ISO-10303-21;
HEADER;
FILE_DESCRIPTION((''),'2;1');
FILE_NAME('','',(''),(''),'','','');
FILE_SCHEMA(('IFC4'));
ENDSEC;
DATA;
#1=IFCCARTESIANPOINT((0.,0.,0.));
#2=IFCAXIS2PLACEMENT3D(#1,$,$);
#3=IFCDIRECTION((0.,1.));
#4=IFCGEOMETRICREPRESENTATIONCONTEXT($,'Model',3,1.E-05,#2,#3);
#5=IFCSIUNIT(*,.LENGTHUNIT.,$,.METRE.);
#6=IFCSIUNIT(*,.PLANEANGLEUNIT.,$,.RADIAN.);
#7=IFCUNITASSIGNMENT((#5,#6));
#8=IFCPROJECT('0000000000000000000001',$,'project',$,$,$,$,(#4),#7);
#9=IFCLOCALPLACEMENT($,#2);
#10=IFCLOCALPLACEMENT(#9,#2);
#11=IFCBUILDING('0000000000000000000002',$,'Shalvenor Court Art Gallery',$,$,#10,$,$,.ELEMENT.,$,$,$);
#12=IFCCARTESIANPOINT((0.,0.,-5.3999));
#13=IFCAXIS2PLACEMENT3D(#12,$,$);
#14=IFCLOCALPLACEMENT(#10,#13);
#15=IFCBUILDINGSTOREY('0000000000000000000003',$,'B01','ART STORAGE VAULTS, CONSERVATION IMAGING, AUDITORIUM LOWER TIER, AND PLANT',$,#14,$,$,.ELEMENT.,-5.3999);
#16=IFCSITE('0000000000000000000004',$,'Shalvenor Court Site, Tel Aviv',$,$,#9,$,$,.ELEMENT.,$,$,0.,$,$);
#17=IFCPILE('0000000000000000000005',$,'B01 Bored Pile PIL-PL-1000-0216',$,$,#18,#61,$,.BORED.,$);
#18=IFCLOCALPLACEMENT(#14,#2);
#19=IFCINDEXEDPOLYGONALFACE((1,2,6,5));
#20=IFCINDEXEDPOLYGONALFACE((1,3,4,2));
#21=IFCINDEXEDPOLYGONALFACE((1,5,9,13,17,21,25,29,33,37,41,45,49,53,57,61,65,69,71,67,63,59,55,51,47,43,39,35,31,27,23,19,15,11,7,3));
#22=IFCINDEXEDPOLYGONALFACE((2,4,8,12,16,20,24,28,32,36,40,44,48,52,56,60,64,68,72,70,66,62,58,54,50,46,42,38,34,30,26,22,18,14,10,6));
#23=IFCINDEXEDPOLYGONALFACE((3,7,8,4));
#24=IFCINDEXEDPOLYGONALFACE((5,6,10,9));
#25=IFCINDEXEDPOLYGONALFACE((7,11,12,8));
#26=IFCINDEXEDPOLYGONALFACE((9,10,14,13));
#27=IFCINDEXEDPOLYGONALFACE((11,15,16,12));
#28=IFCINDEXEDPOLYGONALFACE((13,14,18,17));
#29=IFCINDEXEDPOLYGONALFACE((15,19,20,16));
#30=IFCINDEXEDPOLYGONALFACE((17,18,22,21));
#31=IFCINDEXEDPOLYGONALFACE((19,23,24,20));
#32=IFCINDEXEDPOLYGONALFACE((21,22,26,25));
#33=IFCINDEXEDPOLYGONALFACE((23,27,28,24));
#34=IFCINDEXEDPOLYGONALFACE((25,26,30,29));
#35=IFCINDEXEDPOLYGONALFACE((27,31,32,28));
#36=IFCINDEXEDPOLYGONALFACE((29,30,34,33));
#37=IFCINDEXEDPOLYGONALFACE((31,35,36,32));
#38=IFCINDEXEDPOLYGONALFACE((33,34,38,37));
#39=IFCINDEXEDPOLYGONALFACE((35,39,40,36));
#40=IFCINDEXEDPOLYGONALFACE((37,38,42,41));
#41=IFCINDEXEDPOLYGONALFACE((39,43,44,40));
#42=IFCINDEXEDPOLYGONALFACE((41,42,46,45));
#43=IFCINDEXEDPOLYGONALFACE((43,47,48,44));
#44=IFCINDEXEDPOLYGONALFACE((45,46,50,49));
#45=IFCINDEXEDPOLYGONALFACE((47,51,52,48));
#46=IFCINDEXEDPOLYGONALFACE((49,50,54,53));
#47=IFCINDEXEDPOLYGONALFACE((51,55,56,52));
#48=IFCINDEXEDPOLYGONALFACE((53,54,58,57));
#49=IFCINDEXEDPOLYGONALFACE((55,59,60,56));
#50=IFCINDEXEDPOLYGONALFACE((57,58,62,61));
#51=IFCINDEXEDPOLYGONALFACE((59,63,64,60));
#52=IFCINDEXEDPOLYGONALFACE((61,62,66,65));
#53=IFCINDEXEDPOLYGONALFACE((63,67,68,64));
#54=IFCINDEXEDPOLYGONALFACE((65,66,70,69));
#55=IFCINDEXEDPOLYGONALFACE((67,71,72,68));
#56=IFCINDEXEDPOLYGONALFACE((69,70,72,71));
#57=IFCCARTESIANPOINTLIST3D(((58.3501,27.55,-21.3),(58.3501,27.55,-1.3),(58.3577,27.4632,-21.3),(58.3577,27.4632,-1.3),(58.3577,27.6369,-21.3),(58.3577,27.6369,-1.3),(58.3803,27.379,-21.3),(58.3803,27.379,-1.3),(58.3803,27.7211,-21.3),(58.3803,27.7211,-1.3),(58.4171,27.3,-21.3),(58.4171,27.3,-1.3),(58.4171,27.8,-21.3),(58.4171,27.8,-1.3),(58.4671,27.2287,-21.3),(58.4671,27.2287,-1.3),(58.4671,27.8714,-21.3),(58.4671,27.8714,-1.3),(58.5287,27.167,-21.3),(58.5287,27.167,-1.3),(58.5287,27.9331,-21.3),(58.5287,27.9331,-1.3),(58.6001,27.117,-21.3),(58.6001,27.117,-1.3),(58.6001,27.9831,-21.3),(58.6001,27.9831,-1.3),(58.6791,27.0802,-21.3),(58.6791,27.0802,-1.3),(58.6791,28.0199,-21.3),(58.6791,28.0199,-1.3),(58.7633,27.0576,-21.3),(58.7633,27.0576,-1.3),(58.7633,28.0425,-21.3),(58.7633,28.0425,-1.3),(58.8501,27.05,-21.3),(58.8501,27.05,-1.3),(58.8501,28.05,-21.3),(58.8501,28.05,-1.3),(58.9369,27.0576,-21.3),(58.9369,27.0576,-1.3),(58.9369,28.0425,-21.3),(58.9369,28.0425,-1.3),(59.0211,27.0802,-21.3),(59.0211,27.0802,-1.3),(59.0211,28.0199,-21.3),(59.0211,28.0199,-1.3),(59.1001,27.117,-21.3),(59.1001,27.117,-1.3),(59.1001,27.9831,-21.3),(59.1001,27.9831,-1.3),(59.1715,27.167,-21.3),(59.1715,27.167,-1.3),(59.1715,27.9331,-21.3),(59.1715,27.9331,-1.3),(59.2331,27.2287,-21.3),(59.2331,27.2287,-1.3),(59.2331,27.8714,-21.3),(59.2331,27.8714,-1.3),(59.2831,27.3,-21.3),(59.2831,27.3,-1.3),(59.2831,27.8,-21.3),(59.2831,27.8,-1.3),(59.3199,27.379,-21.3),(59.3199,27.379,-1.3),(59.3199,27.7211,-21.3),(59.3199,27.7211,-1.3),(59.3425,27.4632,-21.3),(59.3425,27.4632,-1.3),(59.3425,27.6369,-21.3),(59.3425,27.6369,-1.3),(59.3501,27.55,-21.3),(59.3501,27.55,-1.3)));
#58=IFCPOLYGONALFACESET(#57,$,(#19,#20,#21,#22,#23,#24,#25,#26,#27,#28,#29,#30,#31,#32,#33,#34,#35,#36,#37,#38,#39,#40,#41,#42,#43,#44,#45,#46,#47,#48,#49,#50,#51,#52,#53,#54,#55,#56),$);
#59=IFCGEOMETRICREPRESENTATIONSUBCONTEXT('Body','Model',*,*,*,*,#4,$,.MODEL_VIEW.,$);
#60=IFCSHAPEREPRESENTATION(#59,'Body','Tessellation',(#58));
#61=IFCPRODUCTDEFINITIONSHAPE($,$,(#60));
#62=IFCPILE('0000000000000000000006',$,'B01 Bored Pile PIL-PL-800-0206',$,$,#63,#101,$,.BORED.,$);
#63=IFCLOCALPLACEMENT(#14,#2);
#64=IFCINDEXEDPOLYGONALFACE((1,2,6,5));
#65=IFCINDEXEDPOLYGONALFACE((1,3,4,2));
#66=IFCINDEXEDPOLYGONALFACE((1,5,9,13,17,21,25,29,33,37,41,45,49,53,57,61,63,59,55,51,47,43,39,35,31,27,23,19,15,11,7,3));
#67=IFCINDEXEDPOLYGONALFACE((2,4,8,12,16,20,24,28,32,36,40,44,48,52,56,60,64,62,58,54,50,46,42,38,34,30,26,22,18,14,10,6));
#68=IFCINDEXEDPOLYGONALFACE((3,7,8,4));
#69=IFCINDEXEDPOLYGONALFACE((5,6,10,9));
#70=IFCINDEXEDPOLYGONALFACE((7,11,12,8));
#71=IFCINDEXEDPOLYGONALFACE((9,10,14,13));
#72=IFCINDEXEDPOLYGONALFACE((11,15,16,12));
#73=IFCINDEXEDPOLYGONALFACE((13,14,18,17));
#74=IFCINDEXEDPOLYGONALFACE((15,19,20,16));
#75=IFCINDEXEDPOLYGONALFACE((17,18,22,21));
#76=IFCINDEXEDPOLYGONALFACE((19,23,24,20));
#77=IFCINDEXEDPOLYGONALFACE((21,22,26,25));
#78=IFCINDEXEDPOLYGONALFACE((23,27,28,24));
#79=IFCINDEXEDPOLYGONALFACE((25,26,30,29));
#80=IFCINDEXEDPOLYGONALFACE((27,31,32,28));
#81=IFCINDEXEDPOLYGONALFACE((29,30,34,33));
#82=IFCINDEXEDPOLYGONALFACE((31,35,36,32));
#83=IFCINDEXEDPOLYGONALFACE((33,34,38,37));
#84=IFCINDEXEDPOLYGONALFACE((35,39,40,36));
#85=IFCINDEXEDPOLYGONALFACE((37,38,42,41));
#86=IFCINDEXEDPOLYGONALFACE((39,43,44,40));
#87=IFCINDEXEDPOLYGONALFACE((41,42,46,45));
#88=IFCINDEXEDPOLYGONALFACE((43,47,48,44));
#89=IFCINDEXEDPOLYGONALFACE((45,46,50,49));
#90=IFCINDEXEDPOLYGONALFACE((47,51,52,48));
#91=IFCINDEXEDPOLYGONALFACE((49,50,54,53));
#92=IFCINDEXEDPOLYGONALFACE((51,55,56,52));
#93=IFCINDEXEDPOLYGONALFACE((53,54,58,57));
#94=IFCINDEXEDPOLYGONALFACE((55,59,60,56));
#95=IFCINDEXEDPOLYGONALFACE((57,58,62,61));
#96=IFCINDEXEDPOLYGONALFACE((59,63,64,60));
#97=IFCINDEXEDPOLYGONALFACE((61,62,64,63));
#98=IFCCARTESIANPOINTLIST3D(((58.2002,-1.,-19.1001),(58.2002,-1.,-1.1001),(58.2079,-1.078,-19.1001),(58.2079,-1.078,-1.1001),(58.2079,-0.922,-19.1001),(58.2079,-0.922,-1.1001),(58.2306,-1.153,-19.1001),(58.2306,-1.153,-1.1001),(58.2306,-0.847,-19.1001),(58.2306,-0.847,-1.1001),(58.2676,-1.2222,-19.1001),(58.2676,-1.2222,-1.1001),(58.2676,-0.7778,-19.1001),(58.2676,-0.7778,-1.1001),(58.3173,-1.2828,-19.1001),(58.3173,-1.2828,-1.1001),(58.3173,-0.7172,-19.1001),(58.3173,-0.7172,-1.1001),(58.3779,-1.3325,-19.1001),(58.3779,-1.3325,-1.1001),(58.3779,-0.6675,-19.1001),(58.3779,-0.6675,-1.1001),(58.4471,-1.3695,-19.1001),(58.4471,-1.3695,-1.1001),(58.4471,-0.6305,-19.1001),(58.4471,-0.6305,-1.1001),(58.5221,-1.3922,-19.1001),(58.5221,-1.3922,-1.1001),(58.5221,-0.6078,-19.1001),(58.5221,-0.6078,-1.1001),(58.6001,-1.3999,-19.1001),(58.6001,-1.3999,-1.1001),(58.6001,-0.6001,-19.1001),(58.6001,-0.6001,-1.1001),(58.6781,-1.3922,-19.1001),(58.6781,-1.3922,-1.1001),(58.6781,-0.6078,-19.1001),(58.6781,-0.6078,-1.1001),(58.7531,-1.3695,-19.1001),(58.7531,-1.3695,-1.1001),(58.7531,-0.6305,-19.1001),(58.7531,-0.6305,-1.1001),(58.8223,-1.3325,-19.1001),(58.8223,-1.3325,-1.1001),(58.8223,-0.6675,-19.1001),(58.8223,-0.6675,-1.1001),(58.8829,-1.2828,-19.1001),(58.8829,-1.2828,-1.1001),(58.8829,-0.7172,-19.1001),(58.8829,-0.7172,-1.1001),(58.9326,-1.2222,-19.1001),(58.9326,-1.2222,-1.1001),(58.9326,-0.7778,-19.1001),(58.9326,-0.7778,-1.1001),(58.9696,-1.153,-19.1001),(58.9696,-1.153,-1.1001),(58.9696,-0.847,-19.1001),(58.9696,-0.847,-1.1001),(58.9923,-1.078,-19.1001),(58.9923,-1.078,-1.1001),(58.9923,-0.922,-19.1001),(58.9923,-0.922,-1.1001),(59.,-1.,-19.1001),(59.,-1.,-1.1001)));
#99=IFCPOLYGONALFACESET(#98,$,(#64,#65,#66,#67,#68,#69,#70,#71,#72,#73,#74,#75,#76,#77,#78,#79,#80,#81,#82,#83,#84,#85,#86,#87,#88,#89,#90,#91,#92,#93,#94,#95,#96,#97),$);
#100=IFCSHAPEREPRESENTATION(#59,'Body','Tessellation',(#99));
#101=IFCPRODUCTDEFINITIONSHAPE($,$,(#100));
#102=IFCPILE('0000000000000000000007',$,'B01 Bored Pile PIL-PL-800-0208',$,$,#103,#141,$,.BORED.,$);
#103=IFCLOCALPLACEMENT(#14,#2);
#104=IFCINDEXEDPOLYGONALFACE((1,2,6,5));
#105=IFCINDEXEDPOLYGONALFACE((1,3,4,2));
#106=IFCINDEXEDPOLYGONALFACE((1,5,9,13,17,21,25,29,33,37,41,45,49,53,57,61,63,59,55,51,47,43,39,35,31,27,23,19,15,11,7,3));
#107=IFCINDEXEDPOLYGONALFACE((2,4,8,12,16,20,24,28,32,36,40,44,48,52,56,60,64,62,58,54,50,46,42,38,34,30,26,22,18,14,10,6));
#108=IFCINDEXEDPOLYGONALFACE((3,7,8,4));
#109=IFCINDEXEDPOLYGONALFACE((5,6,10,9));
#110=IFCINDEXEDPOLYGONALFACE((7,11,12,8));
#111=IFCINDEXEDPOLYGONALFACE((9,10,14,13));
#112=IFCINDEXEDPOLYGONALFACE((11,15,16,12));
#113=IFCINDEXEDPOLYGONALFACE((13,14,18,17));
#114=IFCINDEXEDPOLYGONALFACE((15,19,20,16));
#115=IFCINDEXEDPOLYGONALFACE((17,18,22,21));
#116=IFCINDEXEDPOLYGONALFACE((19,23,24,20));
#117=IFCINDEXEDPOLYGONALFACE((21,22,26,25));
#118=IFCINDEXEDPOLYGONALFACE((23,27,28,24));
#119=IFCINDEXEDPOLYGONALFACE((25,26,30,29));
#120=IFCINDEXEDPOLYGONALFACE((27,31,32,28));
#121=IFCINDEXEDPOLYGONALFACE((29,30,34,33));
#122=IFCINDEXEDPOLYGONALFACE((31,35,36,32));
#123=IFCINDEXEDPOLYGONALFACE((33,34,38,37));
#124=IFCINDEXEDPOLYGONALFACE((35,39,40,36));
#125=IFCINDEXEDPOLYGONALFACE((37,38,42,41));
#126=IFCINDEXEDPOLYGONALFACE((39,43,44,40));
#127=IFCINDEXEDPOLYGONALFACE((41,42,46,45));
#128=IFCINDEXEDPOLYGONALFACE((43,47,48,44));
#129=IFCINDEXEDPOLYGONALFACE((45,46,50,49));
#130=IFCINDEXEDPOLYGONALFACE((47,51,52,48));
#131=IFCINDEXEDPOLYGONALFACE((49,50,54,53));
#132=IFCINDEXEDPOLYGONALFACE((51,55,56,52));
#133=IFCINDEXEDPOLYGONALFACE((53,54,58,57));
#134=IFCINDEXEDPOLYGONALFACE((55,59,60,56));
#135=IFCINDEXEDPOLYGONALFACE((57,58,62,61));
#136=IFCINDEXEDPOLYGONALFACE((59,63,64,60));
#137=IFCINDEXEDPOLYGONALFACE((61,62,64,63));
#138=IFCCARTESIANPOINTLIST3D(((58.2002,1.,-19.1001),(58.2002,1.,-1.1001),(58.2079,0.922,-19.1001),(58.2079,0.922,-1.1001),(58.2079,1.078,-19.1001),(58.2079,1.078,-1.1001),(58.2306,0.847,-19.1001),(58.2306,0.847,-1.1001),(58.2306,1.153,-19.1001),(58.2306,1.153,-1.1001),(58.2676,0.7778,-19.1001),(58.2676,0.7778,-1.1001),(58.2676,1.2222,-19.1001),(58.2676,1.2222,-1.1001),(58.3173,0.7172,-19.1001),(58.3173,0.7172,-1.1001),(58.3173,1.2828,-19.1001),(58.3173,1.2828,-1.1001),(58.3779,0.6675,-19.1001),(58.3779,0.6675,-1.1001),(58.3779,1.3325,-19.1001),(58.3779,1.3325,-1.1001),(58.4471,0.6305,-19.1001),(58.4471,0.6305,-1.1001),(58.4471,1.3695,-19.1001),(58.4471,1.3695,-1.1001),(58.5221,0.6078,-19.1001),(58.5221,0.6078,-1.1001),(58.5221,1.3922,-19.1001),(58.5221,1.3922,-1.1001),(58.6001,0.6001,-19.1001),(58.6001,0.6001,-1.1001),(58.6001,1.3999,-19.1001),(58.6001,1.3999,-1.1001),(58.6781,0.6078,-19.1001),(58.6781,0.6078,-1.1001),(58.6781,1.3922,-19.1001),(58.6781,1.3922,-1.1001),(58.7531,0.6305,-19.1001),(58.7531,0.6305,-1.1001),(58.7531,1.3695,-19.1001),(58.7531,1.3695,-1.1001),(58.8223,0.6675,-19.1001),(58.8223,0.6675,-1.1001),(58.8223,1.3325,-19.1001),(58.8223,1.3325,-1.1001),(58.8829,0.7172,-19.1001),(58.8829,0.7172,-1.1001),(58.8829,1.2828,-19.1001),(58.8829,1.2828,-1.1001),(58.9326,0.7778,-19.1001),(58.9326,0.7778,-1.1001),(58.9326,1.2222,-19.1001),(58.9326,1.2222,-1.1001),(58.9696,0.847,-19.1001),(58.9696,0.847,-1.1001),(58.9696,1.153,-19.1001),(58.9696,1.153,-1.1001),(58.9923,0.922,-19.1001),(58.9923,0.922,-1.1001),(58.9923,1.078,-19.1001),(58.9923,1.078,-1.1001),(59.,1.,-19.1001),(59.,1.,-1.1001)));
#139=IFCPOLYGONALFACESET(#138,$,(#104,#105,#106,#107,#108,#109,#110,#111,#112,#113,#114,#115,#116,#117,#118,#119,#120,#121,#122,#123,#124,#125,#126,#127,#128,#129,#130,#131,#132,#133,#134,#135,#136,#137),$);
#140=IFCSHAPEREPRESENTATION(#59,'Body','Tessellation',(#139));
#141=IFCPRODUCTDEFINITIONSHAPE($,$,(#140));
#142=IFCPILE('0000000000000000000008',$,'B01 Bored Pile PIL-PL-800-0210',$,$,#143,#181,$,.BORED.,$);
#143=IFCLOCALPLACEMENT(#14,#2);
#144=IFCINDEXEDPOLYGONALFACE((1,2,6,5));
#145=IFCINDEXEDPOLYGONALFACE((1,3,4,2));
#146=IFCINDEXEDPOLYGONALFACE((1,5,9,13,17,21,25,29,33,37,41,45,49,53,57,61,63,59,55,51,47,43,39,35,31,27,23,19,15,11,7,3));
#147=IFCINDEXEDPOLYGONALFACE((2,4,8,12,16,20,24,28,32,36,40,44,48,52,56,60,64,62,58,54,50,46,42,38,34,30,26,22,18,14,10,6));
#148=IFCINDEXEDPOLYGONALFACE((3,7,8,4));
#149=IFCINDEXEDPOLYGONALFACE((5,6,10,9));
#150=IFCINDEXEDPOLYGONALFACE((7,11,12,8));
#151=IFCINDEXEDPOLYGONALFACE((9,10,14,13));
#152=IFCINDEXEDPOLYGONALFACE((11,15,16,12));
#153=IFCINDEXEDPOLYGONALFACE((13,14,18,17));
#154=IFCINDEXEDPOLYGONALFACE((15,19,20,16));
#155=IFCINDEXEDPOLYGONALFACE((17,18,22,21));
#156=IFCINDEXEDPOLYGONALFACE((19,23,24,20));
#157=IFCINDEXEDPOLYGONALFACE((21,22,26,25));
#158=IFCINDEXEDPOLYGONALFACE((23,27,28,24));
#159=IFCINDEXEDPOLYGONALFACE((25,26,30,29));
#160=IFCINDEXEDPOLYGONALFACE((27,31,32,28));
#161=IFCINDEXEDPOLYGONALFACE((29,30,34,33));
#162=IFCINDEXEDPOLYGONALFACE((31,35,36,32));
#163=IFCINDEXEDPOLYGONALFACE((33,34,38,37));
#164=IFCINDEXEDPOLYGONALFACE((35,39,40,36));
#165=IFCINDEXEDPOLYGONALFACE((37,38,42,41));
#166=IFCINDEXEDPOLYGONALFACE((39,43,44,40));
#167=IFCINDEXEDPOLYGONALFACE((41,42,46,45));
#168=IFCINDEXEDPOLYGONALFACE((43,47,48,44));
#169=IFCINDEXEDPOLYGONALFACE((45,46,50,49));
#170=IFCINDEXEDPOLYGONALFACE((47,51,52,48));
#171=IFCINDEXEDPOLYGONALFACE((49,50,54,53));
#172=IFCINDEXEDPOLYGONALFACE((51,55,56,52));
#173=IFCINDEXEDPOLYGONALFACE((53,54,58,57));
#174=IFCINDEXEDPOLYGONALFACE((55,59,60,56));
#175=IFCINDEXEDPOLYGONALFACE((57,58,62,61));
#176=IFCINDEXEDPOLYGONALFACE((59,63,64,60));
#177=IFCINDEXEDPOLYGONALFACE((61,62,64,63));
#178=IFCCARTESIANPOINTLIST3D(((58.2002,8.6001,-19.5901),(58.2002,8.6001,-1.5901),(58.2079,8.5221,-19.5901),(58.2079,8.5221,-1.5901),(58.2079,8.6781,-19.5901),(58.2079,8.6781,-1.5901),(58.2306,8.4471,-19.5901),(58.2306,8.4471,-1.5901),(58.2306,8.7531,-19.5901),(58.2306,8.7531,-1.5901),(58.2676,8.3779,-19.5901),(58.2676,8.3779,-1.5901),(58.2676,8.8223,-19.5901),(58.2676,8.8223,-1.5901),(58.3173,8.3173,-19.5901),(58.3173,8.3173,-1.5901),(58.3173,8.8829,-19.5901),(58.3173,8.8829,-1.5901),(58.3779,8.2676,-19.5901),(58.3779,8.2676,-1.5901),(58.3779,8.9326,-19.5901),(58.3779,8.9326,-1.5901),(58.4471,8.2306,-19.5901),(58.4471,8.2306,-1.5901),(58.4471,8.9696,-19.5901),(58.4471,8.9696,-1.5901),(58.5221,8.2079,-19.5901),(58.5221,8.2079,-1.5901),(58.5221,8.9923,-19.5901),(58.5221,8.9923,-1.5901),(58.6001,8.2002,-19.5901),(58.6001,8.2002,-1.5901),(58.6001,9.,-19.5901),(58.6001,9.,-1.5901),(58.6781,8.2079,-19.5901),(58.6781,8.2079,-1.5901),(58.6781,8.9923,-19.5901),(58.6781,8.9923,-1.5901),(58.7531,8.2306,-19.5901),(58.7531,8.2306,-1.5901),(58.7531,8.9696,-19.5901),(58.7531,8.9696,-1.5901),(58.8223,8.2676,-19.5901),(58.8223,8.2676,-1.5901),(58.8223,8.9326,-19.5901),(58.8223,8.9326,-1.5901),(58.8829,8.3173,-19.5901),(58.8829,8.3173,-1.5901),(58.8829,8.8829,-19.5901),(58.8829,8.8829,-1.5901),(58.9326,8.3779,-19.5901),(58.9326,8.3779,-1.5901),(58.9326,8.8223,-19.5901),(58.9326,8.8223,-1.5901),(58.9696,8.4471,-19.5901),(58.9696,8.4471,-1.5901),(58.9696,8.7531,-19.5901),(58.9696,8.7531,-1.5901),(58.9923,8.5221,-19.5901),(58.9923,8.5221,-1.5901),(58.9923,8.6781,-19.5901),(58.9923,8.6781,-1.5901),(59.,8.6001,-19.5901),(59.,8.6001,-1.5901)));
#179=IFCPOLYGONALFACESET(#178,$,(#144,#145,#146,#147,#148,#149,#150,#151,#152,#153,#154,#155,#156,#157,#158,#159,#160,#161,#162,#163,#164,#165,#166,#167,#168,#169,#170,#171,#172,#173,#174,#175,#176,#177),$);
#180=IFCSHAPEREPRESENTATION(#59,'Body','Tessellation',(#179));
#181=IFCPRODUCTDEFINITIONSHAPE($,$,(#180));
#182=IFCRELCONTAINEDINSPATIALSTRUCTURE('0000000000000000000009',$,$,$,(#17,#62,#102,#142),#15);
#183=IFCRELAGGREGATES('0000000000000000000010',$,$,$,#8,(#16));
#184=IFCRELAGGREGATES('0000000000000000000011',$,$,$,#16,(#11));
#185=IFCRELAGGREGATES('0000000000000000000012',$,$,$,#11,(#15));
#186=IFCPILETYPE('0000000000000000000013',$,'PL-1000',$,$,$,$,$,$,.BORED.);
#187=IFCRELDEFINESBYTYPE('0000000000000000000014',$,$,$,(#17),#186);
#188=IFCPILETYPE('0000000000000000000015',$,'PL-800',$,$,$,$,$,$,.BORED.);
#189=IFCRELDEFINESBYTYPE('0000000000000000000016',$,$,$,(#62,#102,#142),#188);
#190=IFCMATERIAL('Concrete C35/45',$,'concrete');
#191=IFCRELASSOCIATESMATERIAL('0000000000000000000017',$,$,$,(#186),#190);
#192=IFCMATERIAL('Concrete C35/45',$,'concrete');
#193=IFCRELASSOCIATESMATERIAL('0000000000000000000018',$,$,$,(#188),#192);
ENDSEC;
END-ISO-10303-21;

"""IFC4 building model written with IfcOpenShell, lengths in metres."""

from ifc_helpers import new_model, si_unit, direction, frame, origin, origin_2d, place, context, subcontext, project, spatial, circle, extrude, material, material_profile, profile_set, type_object, element, save


model = new_model("IFC4")

# Units and contexts
model_context = context("Model", 3, precision=1e-05, world=origin(), true_north=direction((0.0, 1.0)))
body_context = subcontext(model_context, "Body", "Model", "MODEL_VIEW")
ifc_project = project(units=[si_unit("LENGTHUNIT", "METRE"), si_unit("PLANEANGLEUNIT", "RADIAN")], contexts=[model_context])

# Site, building, storey
site_placement = place(None, origin())
site = spatial("IfcSite", under=ifc_project, at=site_placement, Name="Shalvenor Court Site, Tel Aviv", CompositionType="ELEMENT", RefElevation=0.0)
building_placement = place(site_placement, origin())
building = spatial("IfcBuilding", under=site, at=building_placement, Name="Shalvenor Court Art Gallery", CompositionType="ELEMENT")
storey_placement = place(building_placement, frame((0.0, 0.0, -5.3999)))
storey = spatial("IfcBuildingStorey", under=building, at=storey_placement, Name="B01", Description="ART STORAGE VAULTS, CONSERVATION IMAGING, AUDITORIUM LOWER TIER, AND PLANT", CompositionType="ELEMENT", Elevation=-5.3999)

# Piles
ifc_material_1 = material(Name="Concrete C35/45", Category="concrete")
ifc_material_profile_1 = material_profile(ifc_material_1, circle(Radius=0.5, at=origin_2d()), Name="PILE 1000")
ifc_profile_set_1 = profile_set([ifc_material_profile_1], Name="Concrete C35/45")
pile_type_1 = type_object("IfcPileType", Name="PL-1000", PredefinedType="BORED", material=ifc_profile_set_1)
for number, where, z_axis, x_axis, name in (
    (1, (58.8501, 27.55, -1.3), (0.0, 0.0, -1.0), (1.0, 0.0, 0.0), "B01 Bored Pile PIL-PL-1000-0216"),
):
    element("IfcPile", number, at=place(storey_placement, frame(where, z_axis=z_axis, x_axis=x_axis)), inside=storey, type_object=pile_type_1, Name=name, PredefinedType="BORED", context=body_context, shape_type="SweptSolid", body=[
        extrude(circle(Radius=0.5, at=origin_2d()), origin(), (0.0, 0.0, 1.0), 20.0),
    ])
ifc_material_2 = material(Name="Concrete C35/45", Category="concrete")
ifc_material_profile_2 = material_profile(ifc_material_2, circle(Radius=0.3999, at=origin_2d()), Name="PILE 800")
ifc_profile_set_2 = profile_set([ifc_material_profile_2], Name="Concrete C35/45")
pile_type_2 = type_object("IfcPileType", Name="PL-800", PredefinedType="BORED", material=ifc_profile_set_2)
for number, where, z_axis, x_axis, name in (
    (2, (58.6001, -1.0, -1.1001), (0.0, 0.0, -1.0), (1.0, 0.0, 0.0), "B01 Bored Pile PIL-PL-800-0206"),
    (3, (58.6001, 1.0, -1.1001), (0.0, 0.0, -1.0), (1.0, 0.0, 0.0), "B01 Bored Pile PIL-PL-800-0208"),
    (4, (58.6001, 8.6001, -1.5901), (0.0, 0.0, -1.0), (1.0, 0.0, 0.0), "B01 Bored Pile PIL-PL-800-0210"),
):
    element("IfcPile", number, at=place(storey_placement, frame(where, z_axis=z_axis, x_axis=x_axis)), inside=storey, type_object=pile_type_2, Name=name, PredefinedType="BORED", context=body_context, shape_type="SweptSolid", body=[
        extrude(circle(Radius=0.3999, at=origin_2d()), origin(), (0.0, 0.0, 1.0), 18.0),
    ])

save(model, "model.ifc")
